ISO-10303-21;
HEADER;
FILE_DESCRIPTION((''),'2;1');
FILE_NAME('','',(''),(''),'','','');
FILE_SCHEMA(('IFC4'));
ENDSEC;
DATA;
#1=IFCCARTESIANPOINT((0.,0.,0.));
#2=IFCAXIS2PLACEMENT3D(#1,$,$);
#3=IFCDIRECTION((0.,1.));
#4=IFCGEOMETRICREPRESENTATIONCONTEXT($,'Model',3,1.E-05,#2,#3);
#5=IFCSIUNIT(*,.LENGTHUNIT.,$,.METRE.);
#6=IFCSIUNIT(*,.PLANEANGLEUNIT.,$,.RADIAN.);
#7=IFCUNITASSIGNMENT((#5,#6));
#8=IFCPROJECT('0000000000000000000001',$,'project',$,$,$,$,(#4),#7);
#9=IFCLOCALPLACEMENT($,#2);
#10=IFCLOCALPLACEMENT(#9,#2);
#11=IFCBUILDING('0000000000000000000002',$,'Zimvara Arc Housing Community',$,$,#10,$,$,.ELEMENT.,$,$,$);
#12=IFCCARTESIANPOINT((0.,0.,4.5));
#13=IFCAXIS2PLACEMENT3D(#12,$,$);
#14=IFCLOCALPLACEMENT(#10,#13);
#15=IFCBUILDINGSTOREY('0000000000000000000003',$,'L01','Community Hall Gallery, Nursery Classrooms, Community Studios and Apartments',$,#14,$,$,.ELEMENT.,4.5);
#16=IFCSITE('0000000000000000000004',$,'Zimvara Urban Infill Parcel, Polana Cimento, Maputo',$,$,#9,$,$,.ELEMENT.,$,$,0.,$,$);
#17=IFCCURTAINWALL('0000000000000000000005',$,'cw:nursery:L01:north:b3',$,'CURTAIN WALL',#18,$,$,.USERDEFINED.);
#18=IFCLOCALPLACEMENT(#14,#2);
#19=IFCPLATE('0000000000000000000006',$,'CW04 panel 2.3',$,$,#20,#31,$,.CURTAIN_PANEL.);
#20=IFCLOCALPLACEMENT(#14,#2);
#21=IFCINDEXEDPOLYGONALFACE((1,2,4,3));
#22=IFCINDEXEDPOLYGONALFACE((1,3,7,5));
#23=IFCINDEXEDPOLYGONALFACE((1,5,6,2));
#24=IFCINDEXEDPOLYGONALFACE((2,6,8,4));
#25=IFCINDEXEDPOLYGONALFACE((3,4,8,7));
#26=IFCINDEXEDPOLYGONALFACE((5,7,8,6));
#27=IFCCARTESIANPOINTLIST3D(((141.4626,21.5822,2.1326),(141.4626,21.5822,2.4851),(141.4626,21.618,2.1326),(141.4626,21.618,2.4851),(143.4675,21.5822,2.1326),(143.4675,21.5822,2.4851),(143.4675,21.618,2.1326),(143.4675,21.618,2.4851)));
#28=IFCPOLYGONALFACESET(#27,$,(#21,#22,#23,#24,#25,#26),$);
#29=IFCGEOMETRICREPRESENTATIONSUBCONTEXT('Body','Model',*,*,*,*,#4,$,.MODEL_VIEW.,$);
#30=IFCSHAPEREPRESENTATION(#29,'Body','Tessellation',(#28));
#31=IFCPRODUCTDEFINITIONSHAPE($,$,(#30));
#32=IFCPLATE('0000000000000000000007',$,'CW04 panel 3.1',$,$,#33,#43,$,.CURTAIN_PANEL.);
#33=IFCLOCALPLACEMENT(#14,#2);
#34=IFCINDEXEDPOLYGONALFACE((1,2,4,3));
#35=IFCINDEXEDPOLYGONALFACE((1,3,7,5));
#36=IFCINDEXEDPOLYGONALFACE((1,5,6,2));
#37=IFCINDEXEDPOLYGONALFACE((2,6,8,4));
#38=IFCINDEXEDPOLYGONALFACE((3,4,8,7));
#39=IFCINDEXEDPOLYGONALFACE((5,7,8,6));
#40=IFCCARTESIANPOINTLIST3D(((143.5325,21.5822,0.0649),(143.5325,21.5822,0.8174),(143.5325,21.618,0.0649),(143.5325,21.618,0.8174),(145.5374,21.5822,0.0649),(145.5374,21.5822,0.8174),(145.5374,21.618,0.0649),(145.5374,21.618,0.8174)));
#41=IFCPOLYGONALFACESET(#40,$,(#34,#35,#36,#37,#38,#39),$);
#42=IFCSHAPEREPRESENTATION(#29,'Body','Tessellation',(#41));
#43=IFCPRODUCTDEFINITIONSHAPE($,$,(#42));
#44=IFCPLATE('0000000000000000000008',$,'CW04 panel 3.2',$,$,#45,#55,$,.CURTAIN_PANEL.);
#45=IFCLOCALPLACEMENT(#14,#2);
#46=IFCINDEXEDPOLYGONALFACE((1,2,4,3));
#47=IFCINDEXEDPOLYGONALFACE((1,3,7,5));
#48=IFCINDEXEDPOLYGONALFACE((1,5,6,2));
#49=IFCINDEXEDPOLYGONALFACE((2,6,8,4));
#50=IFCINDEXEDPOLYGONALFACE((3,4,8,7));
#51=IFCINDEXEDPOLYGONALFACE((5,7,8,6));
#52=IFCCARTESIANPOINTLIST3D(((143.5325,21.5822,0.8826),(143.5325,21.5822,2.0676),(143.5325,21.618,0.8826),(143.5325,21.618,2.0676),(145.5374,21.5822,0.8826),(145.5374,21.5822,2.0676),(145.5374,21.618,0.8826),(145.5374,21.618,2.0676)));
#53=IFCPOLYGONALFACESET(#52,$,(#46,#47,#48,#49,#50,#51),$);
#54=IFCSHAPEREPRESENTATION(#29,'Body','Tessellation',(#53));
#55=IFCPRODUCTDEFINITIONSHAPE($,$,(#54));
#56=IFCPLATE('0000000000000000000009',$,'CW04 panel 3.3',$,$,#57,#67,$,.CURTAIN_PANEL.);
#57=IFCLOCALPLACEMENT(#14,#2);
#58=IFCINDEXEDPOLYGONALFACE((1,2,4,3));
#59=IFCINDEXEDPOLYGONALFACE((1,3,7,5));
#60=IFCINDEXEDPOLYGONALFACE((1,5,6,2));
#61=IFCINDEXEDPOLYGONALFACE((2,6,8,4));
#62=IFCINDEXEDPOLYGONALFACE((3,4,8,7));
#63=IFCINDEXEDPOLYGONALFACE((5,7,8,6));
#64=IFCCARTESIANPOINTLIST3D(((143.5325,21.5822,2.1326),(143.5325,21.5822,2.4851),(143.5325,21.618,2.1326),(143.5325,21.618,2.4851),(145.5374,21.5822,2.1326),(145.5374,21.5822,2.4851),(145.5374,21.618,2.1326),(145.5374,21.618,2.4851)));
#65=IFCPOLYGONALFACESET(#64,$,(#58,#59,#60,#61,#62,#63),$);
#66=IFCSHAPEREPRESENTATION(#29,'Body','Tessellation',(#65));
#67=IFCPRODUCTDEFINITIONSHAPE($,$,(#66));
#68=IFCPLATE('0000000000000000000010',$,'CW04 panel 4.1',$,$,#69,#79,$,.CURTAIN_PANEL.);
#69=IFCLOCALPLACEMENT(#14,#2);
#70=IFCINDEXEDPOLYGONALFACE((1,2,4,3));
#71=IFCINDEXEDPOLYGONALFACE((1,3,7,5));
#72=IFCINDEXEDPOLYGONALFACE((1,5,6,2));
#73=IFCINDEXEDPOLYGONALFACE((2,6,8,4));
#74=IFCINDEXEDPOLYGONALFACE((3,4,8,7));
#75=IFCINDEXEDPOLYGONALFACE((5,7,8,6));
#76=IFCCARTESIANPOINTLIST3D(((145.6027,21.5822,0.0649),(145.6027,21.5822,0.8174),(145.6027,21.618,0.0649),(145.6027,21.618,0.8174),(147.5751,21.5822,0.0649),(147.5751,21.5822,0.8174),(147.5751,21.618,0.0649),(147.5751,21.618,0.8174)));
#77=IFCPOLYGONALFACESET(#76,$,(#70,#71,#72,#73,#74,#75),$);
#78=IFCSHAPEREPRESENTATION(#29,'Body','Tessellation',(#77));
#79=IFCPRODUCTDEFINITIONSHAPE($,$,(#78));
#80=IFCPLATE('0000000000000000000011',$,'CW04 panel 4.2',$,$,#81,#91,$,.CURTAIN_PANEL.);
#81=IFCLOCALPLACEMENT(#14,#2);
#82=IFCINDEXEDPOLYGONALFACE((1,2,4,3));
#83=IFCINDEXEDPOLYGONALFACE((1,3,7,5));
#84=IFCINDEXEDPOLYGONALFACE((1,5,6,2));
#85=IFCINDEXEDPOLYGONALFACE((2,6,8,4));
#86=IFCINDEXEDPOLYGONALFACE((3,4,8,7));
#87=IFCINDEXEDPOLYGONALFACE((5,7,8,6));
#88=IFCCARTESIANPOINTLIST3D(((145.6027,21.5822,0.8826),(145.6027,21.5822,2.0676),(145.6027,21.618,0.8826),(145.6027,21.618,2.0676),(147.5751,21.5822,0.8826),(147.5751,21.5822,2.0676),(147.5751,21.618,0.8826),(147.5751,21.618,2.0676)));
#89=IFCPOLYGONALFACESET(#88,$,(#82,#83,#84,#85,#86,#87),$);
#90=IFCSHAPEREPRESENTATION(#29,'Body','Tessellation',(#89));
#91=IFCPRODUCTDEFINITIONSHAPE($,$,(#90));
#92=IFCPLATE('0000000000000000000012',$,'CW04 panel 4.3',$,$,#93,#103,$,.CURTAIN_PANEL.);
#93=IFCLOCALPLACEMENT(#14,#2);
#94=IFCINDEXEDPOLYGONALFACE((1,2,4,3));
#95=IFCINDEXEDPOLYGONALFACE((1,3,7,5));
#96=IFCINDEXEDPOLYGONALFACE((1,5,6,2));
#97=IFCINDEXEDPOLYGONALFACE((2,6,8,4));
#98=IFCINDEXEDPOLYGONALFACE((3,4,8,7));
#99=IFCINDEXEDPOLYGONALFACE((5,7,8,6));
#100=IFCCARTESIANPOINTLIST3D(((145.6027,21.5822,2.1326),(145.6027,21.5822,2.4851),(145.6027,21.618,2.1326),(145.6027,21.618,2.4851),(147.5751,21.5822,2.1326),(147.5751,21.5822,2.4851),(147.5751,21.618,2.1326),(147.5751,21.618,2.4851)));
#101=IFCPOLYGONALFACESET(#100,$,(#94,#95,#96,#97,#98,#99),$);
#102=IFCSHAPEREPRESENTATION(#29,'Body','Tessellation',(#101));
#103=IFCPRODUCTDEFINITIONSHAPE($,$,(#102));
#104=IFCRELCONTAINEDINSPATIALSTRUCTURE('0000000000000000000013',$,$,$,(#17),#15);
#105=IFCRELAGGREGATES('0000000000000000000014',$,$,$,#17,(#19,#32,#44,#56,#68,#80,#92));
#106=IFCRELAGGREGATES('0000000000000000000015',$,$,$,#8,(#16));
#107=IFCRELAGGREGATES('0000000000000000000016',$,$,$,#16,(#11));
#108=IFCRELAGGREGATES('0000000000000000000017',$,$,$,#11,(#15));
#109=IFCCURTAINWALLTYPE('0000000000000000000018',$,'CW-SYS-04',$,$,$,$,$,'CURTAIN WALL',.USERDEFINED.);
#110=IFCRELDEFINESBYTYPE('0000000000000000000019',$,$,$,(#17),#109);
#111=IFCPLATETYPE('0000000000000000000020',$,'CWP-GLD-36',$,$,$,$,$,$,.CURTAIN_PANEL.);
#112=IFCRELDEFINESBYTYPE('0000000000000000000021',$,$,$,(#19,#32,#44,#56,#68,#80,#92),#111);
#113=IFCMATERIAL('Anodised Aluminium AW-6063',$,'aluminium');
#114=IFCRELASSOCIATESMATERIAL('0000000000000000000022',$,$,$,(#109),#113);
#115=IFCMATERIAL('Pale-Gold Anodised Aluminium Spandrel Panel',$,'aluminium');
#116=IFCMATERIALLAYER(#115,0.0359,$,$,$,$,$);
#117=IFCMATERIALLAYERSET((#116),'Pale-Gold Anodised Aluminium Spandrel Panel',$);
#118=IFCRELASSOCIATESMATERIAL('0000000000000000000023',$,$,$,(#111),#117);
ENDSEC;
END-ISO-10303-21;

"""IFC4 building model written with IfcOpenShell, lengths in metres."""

from ifc_helpers import new_model, si_unit, direction, frame, origin, origin_2d, place, context, subcontext, project, spatial, rectangle, extrude, material, layer, layer_set, type_object, element, aggregate, save


model = new_model("IFC4")

# Units and contexts
model_context = context("Model", 3, precision=1e-05, world=origin(), true_north=direction((0.0, 1.0)))
body_context = subcontext(model_context, "Body", "Model", "MODEL_VIEW")
ifc_project = project(units=[si_unit("LENGTHUNIT", "METRE"), si_unit("PLANEANGLEUNIT", "RADIAN")], contexts=[model_context])

# Site, building, storey
site_placement = place(None, origin())
site = spatial("IfcSite", under=ifc_project, at=site_placement, Name="Zimvara Urban Infill Parcel, Polana Cimento, Maputo", CompositionType="ELEMENT", RefElevation=0.0)
building_placement = place(site_placement, origin())
building = spatial("IfcBuilding", under=site, at=building_placement, Name="Zimvara Arc Housing Community", CompositionType="ELEMENT")
storey_placement = place(building_placement, frame((0.0, 0.0, 4.5)))
storey = spatial("IfcBuildingStorey", under=building, at=storey_placement, Name="L01", Description="Community Hall Gallery, Nursery Classrooms, Community Studios and Apartments", CompositionType="ELEMENT", Elevation=4.5)

# Curtain wall, plates
ifc_material_1 = material(Name="Anodised Aluminium AW-6063", Category="aluminium")
curtain_wall_type = type_object("IfcCurtainWallType", Name="CW-SYS-04", ElementType="CURTAIN WALL", PredefinedType="USERDEFINED", material=ifc_material_1)
curtain_wall_placement = place(storey_placement, origin())
curtain_wall = element("IfcCurtainWall", 1, at=curtain_wall_placement, inside=storey, type_object=curtain_wall_type, Name="cw:nursery:L01:north:b3", ObjectType="CURTAIN WALL", PredefinedType="USERDEFINED")
ifc_material_2 = material(Name="Pale-Gold Anodised Aluminium Spandrel Panel", Category="aluminium")
ifc_layer = layer(ifc_material_2, 0.0359)
ifc_layer_set = layer_set([ifc_layer], Name="Pale-Gold Anodised Aluminium Spandrel Panel")
plate_type = type_object("IfcPlateType", Name="CWP-GLD-36", PredefinedType="CURTAIN_PANEL", material=ifc_layer_set)
plate_1_placement = place(storey_placement, frame((142.4651, 21.6001, 2.1326), z_axis=(0.0, 0.0, 1.0), x_axis=(1.0, 0.0, 0.0)))
plate_1 = element("IfcPlate", 2, at=plate_1_placement, type_object=plate_type, Name="CW04 panel 2.3", PredefinedType="CURTAIN_PANEL", context=body_context, shape_type="SweptSolid", body=[
    extrude(rectangle(XDim=2.0049, YDim=0.0359, at=origin_2d()), origin(), (0.0, 0.0, 1.0), 0.3525),
])
plate_2_placement = place(storey_placement, frame((144.5349, 21.6001, 0.0649), z_axis=(0.0, 0.0, 1.0), x_axis=(1.0, 0.0, 0.0)))
plate_2 = element("IfcPlate", 3, at=plate_2_placement, type_object=plate_type, Name="CW04 panel 3.1", PredefinedType="CURTAIN_PANEL", context=body_context, shape_type="SweptSolid", body=[
    extrude(rectangle(XDim=2.0049, YDim=0.0359, at=origin_2d()), origin(), (0.0, 0.0, 1.0), 0.7524),
])
plate_3_placement = place(storey_placement, frame((144.5349, 21.6001, 0.8826), z_axis=(0.0, 0.0, 1.0), x_axis=(1.0, 0.0, 0.0)))
plate_3 = element("IfcPlate", 4, at=plate_3_placement, type_object=plate_type, Name="CW04 panel 3.2", PredefinedType="CURTAIN_PANEL", context=body_context, shape_type="SweptSolid", body=[
    extrude(rectangle(XDim=2.0049, YDim=0.0359, at=origin_2d()), origin(), (0.0, 0.0, 1.0), 1.1851),
])
plate_4_placement = place(storey_placement, frame((144.5349, 21.6001, 2.1326), z_axis=(0.0, 0.0, 1.0), x_axis=(1.0, 0.0, 0.0)))
plate_4 = element("IfcPlate", 5, at=plate_4_placement, type_object=plate_type, Name="CW04 panel 3.3", PredefinedType="CURTAIN_PANEL", context=body_context, shape_type="SweptSolid", body=[
    extrude(rectangle(XDim=2.0049, YDim=0.0359, at=origin_2d()), origin(), (0.0, 0.0, 1.0), 0.3525),
])
plate_5_placement = place(storey_placement, frame((146.5889, 21.6001, 0.0649), z_axis=(0.0, 0.0, 1.0), x_axis=(1.0, 0.0, 0.0)))
plate_5 = element("IfcPlate", 6, at=plate_5_placement, type_object=plate_type, Name="CW04 panel 4.1", PredefinedType="CURTAIN_PANEL", context=body_context, shape_type="SweptSolid", body=[
    extrude(rectangle(XDim=1.9724, YDim=0.0359, at=origin_2d()), origin(), (0.0, 0.0, 1.0), 0.7524),
])
plate_6_placement = place(storey_placement, frame((146.5889, 21.6001, 0.8826), z_axis=(0.0, 0.0, 1.0), x_axis=(1.0, 0.0, 0.0)))
plate_6 = element("IfcPlate", 7, at=plate_6_placement, type_object=plate_type, Name="CW04 panel 4.2", PredefinedType="CURTAIN_PANEL", context=body_context, shape_type="SweptSolid", body=[
    extrude(rectangle(XDim=1.9724, YDim=0.0359, at=origin_2d()), origin(), (0.0, 0.0, 1.0), 1.1851),
])
plate_7_placement = place(storey_placement, frame((146.5889, 21.6001, 2.1326), z_axis=(0.0, 0.0, 1.0), x_axis=(1.0, 0.0, 0.0)))
plate_7 = element("IfcPlate", 8, at=plate_7_placement, type_object=plate_type, Name="CW04 panel 4.3", PredefinedType="CURTAIN_PANEL", context=body_context, shape_type="SweptSolid", body=[
    extrude(rectangle(XDim=1.9724, YDim=0.0359, at=origin_2d()), origin(), (0.0, 0.0, 1.0), 0.3525),
])
aggregate(curtain_wall, [plate_1, plate_2, plate_3, plate_4, plate_5, plate_6, plate_7])

save(model, "model.ifc")
